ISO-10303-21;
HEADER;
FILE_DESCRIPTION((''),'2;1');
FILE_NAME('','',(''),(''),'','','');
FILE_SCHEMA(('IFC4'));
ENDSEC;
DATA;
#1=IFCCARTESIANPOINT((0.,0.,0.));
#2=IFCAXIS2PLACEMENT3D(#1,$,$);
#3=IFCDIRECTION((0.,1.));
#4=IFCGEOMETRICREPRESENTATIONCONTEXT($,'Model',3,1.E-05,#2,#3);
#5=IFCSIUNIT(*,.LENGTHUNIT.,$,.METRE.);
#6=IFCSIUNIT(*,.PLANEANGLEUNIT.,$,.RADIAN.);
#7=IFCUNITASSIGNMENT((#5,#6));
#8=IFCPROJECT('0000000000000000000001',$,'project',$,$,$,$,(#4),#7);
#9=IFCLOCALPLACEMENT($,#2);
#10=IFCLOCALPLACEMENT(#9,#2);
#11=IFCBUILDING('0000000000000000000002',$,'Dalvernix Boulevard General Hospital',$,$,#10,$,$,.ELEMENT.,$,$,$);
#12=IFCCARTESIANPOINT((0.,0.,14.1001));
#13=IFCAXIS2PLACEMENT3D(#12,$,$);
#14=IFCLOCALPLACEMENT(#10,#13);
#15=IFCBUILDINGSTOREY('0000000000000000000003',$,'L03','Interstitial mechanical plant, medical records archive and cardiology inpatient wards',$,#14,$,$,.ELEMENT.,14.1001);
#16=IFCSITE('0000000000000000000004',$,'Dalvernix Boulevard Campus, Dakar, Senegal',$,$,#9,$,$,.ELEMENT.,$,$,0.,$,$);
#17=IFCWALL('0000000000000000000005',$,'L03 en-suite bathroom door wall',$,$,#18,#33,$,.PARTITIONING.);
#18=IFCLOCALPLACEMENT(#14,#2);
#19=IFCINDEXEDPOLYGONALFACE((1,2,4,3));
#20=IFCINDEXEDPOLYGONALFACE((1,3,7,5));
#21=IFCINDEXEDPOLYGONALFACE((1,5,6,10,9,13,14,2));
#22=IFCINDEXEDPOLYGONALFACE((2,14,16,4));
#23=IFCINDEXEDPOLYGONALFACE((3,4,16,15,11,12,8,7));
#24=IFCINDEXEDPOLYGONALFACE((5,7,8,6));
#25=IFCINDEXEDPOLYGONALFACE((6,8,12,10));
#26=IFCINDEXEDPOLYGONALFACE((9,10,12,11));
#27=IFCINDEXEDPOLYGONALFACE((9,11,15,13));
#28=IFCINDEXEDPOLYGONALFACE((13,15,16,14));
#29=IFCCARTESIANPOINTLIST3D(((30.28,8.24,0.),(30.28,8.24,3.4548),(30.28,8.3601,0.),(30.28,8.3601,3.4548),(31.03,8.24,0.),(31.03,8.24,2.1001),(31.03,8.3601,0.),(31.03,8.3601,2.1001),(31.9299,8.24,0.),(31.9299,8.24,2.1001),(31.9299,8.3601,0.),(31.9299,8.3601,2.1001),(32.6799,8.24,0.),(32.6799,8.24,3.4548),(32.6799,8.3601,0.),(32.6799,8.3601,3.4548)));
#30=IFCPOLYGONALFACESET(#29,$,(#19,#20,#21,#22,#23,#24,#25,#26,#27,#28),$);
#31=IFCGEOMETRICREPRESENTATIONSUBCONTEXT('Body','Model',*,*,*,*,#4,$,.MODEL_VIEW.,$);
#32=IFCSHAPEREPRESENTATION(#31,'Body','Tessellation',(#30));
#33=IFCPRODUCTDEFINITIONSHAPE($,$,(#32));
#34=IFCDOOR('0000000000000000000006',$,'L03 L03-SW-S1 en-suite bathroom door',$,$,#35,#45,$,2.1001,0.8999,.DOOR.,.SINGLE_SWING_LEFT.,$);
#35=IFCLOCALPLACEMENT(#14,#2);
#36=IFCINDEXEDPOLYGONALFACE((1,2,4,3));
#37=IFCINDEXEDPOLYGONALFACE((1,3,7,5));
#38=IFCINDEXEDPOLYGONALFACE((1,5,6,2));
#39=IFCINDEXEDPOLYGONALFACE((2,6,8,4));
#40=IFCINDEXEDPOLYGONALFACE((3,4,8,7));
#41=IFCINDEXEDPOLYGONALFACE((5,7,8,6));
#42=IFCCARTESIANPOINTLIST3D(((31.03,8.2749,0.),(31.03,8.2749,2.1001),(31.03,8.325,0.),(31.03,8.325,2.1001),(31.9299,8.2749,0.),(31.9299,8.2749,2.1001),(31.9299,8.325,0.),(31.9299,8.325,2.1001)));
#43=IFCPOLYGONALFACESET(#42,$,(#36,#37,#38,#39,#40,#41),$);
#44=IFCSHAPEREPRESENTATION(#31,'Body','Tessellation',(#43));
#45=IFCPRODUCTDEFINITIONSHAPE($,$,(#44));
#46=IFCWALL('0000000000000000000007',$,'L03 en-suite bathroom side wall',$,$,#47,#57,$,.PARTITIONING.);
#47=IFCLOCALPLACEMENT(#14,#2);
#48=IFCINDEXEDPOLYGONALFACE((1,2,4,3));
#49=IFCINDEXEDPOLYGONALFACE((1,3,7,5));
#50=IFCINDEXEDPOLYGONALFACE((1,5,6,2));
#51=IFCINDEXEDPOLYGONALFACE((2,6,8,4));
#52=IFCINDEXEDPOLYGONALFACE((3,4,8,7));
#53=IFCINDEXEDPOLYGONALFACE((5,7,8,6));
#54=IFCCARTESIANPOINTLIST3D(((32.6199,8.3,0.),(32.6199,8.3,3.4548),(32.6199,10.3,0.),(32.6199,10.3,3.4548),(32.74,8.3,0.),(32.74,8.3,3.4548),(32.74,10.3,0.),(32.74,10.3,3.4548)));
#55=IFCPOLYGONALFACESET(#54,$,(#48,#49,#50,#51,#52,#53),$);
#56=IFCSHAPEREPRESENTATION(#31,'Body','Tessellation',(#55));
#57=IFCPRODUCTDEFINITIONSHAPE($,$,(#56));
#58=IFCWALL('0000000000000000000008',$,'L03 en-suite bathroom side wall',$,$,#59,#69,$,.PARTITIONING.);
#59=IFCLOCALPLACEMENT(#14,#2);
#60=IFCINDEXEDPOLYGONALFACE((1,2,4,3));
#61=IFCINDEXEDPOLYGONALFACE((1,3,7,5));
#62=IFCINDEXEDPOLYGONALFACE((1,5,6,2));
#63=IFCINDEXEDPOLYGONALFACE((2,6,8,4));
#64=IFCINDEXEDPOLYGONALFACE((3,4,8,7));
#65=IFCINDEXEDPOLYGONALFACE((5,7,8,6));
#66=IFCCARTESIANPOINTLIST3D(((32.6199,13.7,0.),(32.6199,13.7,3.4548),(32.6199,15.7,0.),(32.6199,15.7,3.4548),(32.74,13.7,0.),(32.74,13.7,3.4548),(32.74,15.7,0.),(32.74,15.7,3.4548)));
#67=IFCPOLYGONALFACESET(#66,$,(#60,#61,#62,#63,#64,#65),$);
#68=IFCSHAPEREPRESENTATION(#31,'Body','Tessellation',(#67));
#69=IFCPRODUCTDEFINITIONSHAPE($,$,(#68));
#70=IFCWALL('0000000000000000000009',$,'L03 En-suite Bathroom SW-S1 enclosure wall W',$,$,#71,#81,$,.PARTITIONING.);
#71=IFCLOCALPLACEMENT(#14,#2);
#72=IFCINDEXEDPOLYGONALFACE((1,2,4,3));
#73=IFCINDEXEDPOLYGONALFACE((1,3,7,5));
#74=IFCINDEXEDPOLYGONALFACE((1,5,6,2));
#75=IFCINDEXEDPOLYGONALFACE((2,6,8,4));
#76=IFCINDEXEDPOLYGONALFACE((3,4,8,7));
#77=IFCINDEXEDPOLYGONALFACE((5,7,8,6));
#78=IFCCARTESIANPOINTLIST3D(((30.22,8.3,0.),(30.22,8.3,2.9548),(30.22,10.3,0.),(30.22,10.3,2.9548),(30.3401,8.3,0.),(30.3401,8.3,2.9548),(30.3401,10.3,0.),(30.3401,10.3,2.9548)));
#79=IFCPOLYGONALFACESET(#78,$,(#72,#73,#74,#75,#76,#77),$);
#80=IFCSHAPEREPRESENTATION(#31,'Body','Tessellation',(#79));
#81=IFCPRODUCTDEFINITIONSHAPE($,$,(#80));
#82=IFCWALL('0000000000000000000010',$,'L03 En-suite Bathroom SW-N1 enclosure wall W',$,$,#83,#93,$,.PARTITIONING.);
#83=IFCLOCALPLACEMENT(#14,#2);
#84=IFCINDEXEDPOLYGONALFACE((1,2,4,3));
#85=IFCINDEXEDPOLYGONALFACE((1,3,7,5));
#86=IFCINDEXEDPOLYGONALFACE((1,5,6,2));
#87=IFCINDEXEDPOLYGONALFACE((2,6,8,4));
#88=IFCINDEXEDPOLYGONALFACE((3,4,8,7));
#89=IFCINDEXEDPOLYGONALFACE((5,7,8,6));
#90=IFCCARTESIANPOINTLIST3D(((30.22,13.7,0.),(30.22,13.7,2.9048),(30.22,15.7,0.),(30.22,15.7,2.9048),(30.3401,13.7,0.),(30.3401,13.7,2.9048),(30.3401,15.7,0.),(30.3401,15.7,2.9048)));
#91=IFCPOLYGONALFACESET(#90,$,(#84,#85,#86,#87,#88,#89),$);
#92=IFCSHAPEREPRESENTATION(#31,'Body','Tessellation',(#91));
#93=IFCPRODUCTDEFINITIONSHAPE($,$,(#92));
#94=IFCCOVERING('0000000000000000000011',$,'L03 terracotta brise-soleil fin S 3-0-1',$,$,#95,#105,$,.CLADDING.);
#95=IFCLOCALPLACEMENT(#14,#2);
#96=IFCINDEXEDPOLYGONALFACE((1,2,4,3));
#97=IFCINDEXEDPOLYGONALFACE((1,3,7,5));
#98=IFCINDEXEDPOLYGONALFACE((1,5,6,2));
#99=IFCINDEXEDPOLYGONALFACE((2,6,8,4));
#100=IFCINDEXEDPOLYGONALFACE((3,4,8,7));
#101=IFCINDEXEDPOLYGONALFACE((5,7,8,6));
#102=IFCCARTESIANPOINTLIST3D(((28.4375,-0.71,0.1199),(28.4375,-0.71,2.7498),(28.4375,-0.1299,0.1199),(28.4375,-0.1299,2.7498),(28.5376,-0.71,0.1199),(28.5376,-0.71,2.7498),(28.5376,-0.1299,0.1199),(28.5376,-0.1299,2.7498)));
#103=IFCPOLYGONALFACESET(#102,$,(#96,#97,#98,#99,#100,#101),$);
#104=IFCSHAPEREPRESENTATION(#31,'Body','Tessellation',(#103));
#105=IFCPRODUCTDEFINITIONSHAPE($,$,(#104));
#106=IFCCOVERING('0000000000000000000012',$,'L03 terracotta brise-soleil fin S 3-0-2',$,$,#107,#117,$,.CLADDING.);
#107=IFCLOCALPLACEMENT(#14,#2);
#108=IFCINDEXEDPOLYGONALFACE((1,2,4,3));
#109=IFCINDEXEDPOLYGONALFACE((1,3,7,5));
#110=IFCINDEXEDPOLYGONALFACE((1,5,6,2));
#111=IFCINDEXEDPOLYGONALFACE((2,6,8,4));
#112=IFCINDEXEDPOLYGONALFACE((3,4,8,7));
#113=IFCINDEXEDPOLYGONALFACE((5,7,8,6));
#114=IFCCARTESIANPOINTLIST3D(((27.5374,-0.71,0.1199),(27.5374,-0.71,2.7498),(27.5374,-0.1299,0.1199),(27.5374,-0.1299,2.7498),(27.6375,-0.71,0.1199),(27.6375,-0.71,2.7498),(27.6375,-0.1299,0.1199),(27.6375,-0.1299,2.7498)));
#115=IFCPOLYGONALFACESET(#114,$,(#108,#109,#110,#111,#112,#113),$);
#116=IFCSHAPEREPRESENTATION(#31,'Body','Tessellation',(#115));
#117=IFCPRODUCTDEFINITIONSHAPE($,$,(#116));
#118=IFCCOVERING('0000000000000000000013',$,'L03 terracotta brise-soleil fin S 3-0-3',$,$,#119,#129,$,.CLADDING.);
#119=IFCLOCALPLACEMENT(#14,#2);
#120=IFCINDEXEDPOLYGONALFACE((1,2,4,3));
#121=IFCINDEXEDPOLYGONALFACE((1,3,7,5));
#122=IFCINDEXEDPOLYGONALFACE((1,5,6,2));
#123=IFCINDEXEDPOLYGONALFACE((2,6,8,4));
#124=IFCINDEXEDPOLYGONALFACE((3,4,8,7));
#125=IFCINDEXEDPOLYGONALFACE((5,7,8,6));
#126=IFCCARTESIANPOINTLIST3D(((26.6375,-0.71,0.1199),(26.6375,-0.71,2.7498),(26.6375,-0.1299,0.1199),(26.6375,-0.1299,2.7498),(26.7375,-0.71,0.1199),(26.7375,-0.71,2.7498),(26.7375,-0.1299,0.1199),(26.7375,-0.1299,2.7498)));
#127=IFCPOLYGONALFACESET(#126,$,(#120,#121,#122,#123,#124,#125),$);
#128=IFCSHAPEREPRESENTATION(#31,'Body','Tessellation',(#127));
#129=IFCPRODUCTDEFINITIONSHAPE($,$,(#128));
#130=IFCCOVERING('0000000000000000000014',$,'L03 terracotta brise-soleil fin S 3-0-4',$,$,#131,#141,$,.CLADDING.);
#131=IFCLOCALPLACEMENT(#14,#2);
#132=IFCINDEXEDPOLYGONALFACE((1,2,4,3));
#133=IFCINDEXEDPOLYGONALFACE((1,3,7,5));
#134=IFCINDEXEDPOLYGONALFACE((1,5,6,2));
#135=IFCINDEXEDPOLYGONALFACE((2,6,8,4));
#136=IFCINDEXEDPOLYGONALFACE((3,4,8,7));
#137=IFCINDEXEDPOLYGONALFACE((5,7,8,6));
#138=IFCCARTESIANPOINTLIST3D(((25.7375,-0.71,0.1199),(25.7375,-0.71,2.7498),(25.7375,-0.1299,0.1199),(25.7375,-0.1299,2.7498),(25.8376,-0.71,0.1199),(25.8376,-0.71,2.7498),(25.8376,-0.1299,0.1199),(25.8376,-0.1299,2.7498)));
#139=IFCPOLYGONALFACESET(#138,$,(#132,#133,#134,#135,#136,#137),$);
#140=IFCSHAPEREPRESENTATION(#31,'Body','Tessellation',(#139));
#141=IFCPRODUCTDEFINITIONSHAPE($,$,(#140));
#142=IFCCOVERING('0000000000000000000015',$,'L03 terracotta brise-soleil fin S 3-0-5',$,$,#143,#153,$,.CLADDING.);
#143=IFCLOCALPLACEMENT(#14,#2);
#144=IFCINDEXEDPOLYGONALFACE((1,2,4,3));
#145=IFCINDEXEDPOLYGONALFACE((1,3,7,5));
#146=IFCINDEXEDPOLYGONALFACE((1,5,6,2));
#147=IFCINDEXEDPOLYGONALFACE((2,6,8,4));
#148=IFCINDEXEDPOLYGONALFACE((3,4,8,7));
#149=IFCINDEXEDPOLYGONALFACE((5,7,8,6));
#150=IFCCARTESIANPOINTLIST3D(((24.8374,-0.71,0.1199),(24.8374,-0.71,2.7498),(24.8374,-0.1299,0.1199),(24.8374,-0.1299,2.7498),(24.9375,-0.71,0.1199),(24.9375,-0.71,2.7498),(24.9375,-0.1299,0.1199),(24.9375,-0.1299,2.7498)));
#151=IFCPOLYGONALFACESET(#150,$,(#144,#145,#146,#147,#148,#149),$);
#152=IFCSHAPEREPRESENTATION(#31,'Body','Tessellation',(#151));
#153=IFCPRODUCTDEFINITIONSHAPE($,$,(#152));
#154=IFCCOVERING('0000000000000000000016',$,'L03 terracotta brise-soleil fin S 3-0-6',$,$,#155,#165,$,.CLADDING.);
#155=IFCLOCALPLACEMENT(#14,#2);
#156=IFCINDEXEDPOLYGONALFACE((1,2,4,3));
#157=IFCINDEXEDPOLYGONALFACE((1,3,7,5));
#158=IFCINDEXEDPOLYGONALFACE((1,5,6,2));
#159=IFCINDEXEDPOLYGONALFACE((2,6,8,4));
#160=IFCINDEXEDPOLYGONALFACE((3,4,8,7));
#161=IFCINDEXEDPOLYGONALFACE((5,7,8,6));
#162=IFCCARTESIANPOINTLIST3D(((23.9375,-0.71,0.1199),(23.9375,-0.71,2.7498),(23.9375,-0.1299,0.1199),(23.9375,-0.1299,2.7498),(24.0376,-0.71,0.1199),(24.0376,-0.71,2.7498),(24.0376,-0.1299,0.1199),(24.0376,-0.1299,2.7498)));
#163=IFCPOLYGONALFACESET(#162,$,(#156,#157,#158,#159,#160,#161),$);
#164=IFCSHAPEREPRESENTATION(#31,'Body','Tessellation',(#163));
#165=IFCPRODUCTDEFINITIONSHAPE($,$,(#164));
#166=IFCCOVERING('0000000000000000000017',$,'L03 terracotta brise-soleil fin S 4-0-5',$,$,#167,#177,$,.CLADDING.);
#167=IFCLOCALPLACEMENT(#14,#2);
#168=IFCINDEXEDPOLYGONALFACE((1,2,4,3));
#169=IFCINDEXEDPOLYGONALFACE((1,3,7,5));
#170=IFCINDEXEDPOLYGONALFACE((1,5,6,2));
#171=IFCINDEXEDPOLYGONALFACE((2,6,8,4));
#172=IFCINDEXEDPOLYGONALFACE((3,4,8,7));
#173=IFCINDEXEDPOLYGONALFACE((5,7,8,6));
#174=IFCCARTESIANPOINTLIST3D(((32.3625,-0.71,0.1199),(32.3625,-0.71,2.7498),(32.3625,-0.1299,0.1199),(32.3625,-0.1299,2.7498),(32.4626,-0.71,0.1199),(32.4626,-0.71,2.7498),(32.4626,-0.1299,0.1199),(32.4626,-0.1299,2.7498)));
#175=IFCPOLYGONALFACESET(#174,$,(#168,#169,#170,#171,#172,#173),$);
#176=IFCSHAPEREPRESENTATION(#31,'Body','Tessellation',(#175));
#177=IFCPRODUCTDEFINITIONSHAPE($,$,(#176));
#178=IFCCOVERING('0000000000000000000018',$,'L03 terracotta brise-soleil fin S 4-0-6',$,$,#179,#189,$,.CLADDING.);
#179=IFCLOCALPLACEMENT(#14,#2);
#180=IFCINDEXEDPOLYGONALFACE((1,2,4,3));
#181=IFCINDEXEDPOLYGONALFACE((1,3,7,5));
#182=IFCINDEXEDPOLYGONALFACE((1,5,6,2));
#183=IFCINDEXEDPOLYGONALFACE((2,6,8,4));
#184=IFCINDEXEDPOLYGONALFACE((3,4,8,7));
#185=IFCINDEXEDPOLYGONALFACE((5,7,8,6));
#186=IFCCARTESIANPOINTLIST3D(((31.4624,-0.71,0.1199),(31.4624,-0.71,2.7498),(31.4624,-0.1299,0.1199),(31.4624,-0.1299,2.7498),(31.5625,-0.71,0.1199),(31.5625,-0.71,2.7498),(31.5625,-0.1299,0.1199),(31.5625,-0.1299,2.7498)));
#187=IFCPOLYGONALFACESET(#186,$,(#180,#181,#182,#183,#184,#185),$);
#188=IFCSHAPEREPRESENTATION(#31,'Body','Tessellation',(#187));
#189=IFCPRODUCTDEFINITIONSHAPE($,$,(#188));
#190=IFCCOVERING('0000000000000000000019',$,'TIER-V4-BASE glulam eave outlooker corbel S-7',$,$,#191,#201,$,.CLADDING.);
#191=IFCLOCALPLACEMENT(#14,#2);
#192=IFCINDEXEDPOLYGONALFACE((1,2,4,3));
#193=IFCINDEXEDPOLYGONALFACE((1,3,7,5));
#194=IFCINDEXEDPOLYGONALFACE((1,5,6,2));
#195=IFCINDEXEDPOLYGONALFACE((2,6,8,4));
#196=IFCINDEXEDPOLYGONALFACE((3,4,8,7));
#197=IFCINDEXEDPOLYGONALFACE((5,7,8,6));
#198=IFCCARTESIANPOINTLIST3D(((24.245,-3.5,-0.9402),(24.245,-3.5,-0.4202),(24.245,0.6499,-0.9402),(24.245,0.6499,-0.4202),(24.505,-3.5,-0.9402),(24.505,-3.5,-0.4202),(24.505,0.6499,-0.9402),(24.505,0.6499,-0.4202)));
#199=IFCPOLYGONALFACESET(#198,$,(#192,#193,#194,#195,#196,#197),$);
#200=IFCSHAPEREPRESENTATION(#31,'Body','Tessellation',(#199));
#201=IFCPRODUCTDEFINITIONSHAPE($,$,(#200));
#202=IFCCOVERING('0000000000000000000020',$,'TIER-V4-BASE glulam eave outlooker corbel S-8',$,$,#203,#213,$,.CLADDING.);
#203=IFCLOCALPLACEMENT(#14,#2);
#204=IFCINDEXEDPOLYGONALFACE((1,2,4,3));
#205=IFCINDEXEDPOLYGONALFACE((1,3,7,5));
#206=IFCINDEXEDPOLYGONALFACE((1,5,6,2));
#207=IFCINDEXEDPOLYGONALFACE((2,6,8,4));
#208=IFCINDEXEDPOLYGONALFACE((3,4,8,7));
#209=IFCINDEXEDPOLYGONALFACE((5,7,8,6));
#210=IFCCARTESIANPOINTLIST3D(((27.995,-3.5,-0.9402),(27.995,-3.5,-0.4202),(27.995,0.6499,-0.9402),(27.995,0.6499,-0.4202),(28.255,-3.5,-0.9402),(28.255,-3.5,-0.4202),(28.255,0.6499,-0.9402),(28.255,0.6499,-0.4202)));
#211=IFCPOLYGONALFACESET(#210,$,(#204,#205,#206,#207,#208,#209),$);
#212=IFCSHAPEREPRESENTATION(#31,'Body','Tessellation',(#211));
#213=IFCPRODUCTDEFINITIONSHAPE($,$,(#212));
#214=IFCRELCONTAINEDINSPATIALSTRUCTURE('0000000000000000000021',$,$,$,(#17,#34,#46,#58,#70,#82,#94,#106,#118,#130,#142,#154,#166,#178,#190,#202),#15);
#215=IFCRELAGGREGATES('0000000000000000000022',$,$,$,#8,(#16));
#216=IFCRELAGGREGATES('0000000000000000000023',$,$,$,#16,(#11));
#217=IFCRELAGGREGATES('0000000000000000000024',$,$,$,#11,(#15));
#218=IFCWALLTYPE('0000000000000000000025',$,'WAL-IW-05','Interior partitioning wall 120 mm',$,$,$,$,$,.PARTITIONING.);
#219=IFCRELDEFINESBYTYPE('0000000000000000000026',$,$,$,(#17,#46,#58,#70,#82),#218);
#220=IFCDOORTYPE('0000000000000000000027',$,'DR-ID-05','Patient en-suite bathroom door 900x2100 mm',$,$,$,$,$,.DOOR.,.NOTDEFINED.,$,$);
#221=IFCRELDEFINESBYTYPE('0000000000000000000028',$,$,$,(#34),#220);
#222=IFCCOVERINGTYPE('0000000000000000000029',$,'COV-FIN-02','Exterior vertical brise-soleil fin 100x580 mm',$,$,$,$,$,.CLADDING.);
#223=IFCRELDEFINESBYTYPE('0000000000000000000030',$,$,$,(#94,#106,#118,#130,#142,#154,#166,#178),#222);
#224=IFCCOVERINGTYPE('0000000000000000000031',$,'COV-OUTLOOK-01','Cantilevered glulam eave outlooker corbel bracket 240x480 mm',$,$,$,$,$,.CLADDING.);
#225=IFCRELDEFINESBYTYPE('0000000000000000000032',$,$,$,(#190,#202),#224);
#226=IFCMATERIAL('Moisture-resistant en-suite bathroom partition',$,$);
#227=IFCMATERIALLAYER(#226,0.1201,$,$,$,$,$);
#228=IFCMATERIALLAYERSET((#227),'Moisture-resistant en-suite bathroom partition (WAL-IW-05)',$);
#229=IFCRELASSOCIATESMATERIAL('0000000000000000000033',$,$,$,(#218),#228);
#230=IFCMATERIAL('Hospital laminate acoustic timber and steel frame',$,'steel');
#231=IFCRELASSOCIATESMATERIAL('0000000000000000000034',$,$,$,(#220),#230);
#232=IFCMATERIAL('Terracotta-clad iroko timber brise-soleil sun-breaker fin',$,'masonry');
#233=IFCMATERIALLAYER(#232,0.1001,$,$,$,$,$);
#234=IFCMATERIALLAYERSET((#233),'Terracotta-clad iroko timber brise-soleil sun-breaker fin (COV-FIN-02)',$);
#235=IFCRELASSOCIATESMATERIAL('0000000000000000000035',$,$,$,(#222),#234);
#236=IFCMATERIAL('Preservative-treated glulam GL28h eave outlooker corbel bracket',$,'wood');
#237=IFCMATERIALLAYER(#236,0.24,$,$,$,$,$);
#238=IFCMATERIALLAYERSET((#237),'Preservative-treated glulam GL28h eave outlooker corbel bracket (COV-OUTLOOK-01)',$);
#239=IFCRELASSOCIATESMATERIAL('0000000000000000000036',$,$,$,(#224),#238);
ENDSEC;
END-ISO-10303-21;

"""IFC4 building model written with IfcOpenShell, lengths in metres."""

from ifc_helpers import new_model, si_unit, direction, frame, frame_2d, origin, origin_2d, place, context, subcontext, project, spatial, rectangle, extrude, material, layer, layer_set, type_object, element, fill, save


model = new_model("IFC4")

# Units and contexts
model_context = context("Model", 3, precision=1e-05, world=origin(), true_north=direction((0.0, 1.0)))
body_context = subcontext(model_context, "Body", "Model", "MODEL_VIEW")
ifc_project = project(units=[si_unit("LENGTHUNIT", "METRE"), si_unit("PLANEANGLEUNIT", "RADIAN")], contexts=[model_context])

# Site, building, storey
site_placement = place(None, origin())
site = spatial("IfcSite", under=ifc_project, at=site_placement, Name="Dalvernix Boulevard Campus, Dakar, Senegal", CompositionType="ELEMENT", RefElevation=0.0)
building_placement = place(site_placement, origin())
building = spatial("IfcBuilding", under=site, at=building_placement, Name="Dalvernix Boulevard General Hospital", CompositionType="ELEMENT")
storey_placement = place(building_placement, frame((0.0, 0.0, 14.1001)))
storey = spatial("IfcBuildingStorey", under=building, at=storey_placement, Name="L03", Description="Interstitial mechanical plant, medical records archive and cardiology inpatient wards", CompositionType="ELEMENT", Elevation=14.1001)

# Wall, opening, door
ifc_material_1 = material(Name="Hospital laminate acoustic timber and steel frame", Category="steel")
ifc_material_2 = material(Name="Moisture-resistant en-suite bathroom partition")
ifc_layer_1 = layer(ifc_material_2, 0.1201)
ifc_layer_set_1 = layer_set([ifc_layer_1], Name="Moisture-resistant en-suite bathroom partition (WAL-IW-05)")
wall_type_1 = type_object("IfcWallType", Name="WAL-IW-05", Description="Interior partitioning wall 120 mm", PredefinedType="PARTITIONING", material=ifc_layer_set_1)
wall_1_placement = place(storey_placement, frame((30.28, 8.3, 0.0), z_axis=(0.0, 0.0, 1.0), x_axis=(1.0, 0.0, 0.0)))
wall_1 = element("IfcWall", 1, at=wall_1_placement, inside=storey, type_object=wall_type_1, Name="L03 en-suite bathroom door wall", PredefinedType="PARTITIONING", context=body_context, shape_type="SweptSolid", body=[
    extrude(rectangle(XDim=2.3999, YDim=0.1201, at=frame_2d((1.2, 0.0))), origin(), (0.0, 0.0, 1.0), 3.4548),
])
opening_1_placement = place(wall_1_placement, frame((0.75, 0.0, 0.0)))
opening_1 = element("IfcOpeningElement", 2, at=opening_1_placement, cuts=wall_1, PredefinedType="OPENING", context=body_context, shape_type="SweptSolid", body=[
    extrude(rectangle(XDim=0.8999, YDim=2.1001, at=frame_2d((0.45, 1.05))), frame((0.0, 0.0701, 0.0), z_axis=(0.0, -1.0, 0.0), x_axis=(1.0, 0.0, 0.0)), (0.0, 0.0, 1.0), 0.1401),
])
door_type_1 = type_object("IfcDoorType", Name="DR-ID-05", Description="Patient en-suite bathroom door 900x2100 mm", OperationType="NOTDEFINED", PredefinedType="DOOR", material=ifc_material_1)
door_1_placement = place(opening_1_placement, origin())
door_1 = element("IfcDoor", 3, at=door_1_placement, inside=storey, type_object=door_type_1, Name="L03 L03-SW-S1 en-suite bathroom door", OperationType="SINGLE_SWING_LEFT", OverallHeight=2.1001, OverallWidth=0.8999, PredefinedType="DOOR", context=body_context, shape_type="SweptSolid", body=[
    extrude(rectangle(XDim=0.8999, YDim=2.1001, at=frame_2d((0.45, 1.05))), frame((0.0, 0.0249, 0.0), z_axis=(0.0, -1.0, 0.0), x_axis=(1.0, 0.0, 0.0)), (0.0, 0.0, 1.0), 0.05),
])
fill(opening_1, door_1)

# Walls
for number, where, z_axis, x_axis, name in (
    (4, (32.6799, 8.3, 0.0), (0.0, 0.0, 1.0), (0.0, 1.0, 0.0), "L03 en-suite bathroom side wall"),
    (5, (32.6799, 13.7, 0.0), (0.0, 0.0, 1.0), (0.0, 1.0, 0.0), "L03 en-suite bathroom side wall"),
):
    element("IfcWall", number, at=place(storey_placement, frame(where, z_axis=z_axis, x_axis=x_axis)), inside=storey, type_object=wall_type_1, Name=name, PredefinedType="PARTITIONING", context=body_context, shape_type="SweptSolid", body=[
        extrude(rectangle(XDim=2.0, YDim=0.1201, at=frame_2d((1.0, 0.0))), origin(), (0.0, 0.0, 1.0), 3.4548),
    ])
wall_2_placement = place(storey_placement, frame((30.28, 8.3, 0.0), z_axis=(0.0, 0.0, 1.0), x_axis=(0.0, 1.0, 0.0)))
element("IfcWall", 6, at=wall_2_placement, inside=storey, type_object=wall_type_1, Name="L03 En-suite Bathroom SW-S1 enclosure wall W", PredefinedType="PARTITIONING", context=body_context, shape_type="SweptSolid", body=[
    extrude(rectangle(XDim=2.0, YDim=0.1201, at=frame_2d((1.0, 0.0))), origin(), (0.0, 0.0, 1.0), 2.9548),
])
wall_3_placement = place(storey_placement, frame((30.28, 13.7, 0.0), z_axis=(0.0, 0.0, 1.0), x_axis=(0.0, 1.0, 0.0)))
element("IfcWall", 7, at=wall_3_placement, inside=storey, type_object=wall_type_1, Name="L03 En-suite Bathroom SW-N1 enclosure wall W", PredefinedType="PARTITIONING", context=body_context, shape_type="SweptSolid", body=[
    extrude(rectangle(XDim=2.0, YDim=0.1201, at=frame_2d((1.0, 0.0))), origin(), (0.0, 0.0, 1.0), 2.9048),
])

# Coverings
ifc_material_3 = material(Name="Terracotta-clad iroko timber brise-soleil sun-breaker fin", Category="masonry")
ifc_layer_2 = layer(ifc_material_3, 0.1001)
ifc_layer_set_2 = layer_set([ifc_layer_2], Name="Terracotta-clad iroko timber brise-soleil sun-breaker fin (COV-FIN-02)")
covering_type_1 = type_object("IfcCoveringType", Name="COV-FIN-02", Description="Exterior vertical brise-soleil fin 100x580 mm", PredefinedType="CLADDING", material=ifc_layer_set_2)
for number, where, z_axis, x_axis, name in (
    (8, (28.4875, -0.4199, 0.1199), (0.0, 0.0, 1.0), (-1.0, 0.0, 0.0), "L03 terracotta brise-soleil fin S 3-0-1"),
    (9, (27.5874, -0.4199, 0.1199), (0.0, 0.0, 1.0), (-1.0, 0.0, 0.0), "L03 terracotta brise-soleil fin S 3-0-2"),
    (10, (26.6875, -0.4199, 0.1199), (0.0, 0.0, 1.0), (-1.0, 0.0, 0.0), "L03 terracotta brise-soleil fin S 3-0-3"),
    (11, (25.7876, -0.4199, 0.1199), (0.0, 0.0, 1.0), (-1.0, 0.0, 0.0), "L03 terracotta brise-soleil fin S 3-0-4"),
    (12, (24.8875, -0.4199, 0.1199), (0.0, 0.0, 1.0), (-1.0, 0.0, 0.0), "L03 terracotta brise-soleil fin S 3-0-5"),
    (13, (23.9875, -0.4199, 0.1199), (0.0, 0.0, 1.0), (-1.0, 0.0, 0.0), "L03 terracotta brise-soleil fin S 3-0-6"),
    (14, (32.4126, -0.4199, 0.1199), (0.0, 0.0, 1.0), (-1.0, 0.0, 0.0), "L03 terracotta brise-soleil fin S 4-0-5"),
    (15, (31.5125, -0.4199, 0.1199), (0.0, 0.0, 1.0), (-1.0, 0.0, 0.0), "L03 terracotta brise-soleil fin S 4-0-6"),
):
    element("IfcCovering", number, at=place(storey_placement, frame(where, z_axis=z_axis, x_axis=x_axis)), inside=storey, type_object=covering_type_1, Name=name, PredefinedType="CLADDING", context=body_context, shape_type="SweptSolid", body=[
        extrude(rectangle(XDim=0.1001, YDim=0.5801, at=origin_2d()), origin(), (0.0, 0.0, 1.0), 2.6299),
    ])
ifc_material_4 = material(Name="Preservative-treated glulam GL28h eave outlooker corbel bracket", Category="wood")
ifc_layer_3 = layer(ifc_material_4, 0.24)
ifc_layer_set_3 = layer_set([ifc_layer_3], Name="Preservative-treated glulam GL28h eave outlooker corbel bracket (COV-OUTLOOK-01)")
covering_type_2 = type_object("IfcCoveringType", Name="COV-OUTLOOK-01", Description="Cantilevered glulam eave outlooker corbel bracket 240x480 mm", PredefinedType="CLADDING", material=ifc_layer_set_3)
for number, where, z_axis, x_axis, name in (
    (16, (24.375, -1.425, -0.9402), (0.0, 0.0, 1.0), (1.0, 0.0, 0.0), "TIER-V4-BASE glulam eave outlooker corbel S-7"),
    (17, (28.125, -1.425, -0.9402), (0.0, 0.0, 1.0), (1.0, 0.0, 0.0), "TIER-V4-BASE glulam eave outlooker corbel S-8"),
):
    element("IfcCovering", number, at=place(storey_placement, frame(where, z_axis=z_axis, x_axis=x_axis)), inside=storey, type_object=covering_type_2, Name=name, PredefinedType="CLADDING", context=body_context, shape_type="SweptSolid", body=[
        extrude(rectangle(XDim=0.26, YDim=4.1499, at=origin_2d()), origin(), (0.0, 0.0, 1.0), 0.52),
    ])

save(model, "model.ifc")
